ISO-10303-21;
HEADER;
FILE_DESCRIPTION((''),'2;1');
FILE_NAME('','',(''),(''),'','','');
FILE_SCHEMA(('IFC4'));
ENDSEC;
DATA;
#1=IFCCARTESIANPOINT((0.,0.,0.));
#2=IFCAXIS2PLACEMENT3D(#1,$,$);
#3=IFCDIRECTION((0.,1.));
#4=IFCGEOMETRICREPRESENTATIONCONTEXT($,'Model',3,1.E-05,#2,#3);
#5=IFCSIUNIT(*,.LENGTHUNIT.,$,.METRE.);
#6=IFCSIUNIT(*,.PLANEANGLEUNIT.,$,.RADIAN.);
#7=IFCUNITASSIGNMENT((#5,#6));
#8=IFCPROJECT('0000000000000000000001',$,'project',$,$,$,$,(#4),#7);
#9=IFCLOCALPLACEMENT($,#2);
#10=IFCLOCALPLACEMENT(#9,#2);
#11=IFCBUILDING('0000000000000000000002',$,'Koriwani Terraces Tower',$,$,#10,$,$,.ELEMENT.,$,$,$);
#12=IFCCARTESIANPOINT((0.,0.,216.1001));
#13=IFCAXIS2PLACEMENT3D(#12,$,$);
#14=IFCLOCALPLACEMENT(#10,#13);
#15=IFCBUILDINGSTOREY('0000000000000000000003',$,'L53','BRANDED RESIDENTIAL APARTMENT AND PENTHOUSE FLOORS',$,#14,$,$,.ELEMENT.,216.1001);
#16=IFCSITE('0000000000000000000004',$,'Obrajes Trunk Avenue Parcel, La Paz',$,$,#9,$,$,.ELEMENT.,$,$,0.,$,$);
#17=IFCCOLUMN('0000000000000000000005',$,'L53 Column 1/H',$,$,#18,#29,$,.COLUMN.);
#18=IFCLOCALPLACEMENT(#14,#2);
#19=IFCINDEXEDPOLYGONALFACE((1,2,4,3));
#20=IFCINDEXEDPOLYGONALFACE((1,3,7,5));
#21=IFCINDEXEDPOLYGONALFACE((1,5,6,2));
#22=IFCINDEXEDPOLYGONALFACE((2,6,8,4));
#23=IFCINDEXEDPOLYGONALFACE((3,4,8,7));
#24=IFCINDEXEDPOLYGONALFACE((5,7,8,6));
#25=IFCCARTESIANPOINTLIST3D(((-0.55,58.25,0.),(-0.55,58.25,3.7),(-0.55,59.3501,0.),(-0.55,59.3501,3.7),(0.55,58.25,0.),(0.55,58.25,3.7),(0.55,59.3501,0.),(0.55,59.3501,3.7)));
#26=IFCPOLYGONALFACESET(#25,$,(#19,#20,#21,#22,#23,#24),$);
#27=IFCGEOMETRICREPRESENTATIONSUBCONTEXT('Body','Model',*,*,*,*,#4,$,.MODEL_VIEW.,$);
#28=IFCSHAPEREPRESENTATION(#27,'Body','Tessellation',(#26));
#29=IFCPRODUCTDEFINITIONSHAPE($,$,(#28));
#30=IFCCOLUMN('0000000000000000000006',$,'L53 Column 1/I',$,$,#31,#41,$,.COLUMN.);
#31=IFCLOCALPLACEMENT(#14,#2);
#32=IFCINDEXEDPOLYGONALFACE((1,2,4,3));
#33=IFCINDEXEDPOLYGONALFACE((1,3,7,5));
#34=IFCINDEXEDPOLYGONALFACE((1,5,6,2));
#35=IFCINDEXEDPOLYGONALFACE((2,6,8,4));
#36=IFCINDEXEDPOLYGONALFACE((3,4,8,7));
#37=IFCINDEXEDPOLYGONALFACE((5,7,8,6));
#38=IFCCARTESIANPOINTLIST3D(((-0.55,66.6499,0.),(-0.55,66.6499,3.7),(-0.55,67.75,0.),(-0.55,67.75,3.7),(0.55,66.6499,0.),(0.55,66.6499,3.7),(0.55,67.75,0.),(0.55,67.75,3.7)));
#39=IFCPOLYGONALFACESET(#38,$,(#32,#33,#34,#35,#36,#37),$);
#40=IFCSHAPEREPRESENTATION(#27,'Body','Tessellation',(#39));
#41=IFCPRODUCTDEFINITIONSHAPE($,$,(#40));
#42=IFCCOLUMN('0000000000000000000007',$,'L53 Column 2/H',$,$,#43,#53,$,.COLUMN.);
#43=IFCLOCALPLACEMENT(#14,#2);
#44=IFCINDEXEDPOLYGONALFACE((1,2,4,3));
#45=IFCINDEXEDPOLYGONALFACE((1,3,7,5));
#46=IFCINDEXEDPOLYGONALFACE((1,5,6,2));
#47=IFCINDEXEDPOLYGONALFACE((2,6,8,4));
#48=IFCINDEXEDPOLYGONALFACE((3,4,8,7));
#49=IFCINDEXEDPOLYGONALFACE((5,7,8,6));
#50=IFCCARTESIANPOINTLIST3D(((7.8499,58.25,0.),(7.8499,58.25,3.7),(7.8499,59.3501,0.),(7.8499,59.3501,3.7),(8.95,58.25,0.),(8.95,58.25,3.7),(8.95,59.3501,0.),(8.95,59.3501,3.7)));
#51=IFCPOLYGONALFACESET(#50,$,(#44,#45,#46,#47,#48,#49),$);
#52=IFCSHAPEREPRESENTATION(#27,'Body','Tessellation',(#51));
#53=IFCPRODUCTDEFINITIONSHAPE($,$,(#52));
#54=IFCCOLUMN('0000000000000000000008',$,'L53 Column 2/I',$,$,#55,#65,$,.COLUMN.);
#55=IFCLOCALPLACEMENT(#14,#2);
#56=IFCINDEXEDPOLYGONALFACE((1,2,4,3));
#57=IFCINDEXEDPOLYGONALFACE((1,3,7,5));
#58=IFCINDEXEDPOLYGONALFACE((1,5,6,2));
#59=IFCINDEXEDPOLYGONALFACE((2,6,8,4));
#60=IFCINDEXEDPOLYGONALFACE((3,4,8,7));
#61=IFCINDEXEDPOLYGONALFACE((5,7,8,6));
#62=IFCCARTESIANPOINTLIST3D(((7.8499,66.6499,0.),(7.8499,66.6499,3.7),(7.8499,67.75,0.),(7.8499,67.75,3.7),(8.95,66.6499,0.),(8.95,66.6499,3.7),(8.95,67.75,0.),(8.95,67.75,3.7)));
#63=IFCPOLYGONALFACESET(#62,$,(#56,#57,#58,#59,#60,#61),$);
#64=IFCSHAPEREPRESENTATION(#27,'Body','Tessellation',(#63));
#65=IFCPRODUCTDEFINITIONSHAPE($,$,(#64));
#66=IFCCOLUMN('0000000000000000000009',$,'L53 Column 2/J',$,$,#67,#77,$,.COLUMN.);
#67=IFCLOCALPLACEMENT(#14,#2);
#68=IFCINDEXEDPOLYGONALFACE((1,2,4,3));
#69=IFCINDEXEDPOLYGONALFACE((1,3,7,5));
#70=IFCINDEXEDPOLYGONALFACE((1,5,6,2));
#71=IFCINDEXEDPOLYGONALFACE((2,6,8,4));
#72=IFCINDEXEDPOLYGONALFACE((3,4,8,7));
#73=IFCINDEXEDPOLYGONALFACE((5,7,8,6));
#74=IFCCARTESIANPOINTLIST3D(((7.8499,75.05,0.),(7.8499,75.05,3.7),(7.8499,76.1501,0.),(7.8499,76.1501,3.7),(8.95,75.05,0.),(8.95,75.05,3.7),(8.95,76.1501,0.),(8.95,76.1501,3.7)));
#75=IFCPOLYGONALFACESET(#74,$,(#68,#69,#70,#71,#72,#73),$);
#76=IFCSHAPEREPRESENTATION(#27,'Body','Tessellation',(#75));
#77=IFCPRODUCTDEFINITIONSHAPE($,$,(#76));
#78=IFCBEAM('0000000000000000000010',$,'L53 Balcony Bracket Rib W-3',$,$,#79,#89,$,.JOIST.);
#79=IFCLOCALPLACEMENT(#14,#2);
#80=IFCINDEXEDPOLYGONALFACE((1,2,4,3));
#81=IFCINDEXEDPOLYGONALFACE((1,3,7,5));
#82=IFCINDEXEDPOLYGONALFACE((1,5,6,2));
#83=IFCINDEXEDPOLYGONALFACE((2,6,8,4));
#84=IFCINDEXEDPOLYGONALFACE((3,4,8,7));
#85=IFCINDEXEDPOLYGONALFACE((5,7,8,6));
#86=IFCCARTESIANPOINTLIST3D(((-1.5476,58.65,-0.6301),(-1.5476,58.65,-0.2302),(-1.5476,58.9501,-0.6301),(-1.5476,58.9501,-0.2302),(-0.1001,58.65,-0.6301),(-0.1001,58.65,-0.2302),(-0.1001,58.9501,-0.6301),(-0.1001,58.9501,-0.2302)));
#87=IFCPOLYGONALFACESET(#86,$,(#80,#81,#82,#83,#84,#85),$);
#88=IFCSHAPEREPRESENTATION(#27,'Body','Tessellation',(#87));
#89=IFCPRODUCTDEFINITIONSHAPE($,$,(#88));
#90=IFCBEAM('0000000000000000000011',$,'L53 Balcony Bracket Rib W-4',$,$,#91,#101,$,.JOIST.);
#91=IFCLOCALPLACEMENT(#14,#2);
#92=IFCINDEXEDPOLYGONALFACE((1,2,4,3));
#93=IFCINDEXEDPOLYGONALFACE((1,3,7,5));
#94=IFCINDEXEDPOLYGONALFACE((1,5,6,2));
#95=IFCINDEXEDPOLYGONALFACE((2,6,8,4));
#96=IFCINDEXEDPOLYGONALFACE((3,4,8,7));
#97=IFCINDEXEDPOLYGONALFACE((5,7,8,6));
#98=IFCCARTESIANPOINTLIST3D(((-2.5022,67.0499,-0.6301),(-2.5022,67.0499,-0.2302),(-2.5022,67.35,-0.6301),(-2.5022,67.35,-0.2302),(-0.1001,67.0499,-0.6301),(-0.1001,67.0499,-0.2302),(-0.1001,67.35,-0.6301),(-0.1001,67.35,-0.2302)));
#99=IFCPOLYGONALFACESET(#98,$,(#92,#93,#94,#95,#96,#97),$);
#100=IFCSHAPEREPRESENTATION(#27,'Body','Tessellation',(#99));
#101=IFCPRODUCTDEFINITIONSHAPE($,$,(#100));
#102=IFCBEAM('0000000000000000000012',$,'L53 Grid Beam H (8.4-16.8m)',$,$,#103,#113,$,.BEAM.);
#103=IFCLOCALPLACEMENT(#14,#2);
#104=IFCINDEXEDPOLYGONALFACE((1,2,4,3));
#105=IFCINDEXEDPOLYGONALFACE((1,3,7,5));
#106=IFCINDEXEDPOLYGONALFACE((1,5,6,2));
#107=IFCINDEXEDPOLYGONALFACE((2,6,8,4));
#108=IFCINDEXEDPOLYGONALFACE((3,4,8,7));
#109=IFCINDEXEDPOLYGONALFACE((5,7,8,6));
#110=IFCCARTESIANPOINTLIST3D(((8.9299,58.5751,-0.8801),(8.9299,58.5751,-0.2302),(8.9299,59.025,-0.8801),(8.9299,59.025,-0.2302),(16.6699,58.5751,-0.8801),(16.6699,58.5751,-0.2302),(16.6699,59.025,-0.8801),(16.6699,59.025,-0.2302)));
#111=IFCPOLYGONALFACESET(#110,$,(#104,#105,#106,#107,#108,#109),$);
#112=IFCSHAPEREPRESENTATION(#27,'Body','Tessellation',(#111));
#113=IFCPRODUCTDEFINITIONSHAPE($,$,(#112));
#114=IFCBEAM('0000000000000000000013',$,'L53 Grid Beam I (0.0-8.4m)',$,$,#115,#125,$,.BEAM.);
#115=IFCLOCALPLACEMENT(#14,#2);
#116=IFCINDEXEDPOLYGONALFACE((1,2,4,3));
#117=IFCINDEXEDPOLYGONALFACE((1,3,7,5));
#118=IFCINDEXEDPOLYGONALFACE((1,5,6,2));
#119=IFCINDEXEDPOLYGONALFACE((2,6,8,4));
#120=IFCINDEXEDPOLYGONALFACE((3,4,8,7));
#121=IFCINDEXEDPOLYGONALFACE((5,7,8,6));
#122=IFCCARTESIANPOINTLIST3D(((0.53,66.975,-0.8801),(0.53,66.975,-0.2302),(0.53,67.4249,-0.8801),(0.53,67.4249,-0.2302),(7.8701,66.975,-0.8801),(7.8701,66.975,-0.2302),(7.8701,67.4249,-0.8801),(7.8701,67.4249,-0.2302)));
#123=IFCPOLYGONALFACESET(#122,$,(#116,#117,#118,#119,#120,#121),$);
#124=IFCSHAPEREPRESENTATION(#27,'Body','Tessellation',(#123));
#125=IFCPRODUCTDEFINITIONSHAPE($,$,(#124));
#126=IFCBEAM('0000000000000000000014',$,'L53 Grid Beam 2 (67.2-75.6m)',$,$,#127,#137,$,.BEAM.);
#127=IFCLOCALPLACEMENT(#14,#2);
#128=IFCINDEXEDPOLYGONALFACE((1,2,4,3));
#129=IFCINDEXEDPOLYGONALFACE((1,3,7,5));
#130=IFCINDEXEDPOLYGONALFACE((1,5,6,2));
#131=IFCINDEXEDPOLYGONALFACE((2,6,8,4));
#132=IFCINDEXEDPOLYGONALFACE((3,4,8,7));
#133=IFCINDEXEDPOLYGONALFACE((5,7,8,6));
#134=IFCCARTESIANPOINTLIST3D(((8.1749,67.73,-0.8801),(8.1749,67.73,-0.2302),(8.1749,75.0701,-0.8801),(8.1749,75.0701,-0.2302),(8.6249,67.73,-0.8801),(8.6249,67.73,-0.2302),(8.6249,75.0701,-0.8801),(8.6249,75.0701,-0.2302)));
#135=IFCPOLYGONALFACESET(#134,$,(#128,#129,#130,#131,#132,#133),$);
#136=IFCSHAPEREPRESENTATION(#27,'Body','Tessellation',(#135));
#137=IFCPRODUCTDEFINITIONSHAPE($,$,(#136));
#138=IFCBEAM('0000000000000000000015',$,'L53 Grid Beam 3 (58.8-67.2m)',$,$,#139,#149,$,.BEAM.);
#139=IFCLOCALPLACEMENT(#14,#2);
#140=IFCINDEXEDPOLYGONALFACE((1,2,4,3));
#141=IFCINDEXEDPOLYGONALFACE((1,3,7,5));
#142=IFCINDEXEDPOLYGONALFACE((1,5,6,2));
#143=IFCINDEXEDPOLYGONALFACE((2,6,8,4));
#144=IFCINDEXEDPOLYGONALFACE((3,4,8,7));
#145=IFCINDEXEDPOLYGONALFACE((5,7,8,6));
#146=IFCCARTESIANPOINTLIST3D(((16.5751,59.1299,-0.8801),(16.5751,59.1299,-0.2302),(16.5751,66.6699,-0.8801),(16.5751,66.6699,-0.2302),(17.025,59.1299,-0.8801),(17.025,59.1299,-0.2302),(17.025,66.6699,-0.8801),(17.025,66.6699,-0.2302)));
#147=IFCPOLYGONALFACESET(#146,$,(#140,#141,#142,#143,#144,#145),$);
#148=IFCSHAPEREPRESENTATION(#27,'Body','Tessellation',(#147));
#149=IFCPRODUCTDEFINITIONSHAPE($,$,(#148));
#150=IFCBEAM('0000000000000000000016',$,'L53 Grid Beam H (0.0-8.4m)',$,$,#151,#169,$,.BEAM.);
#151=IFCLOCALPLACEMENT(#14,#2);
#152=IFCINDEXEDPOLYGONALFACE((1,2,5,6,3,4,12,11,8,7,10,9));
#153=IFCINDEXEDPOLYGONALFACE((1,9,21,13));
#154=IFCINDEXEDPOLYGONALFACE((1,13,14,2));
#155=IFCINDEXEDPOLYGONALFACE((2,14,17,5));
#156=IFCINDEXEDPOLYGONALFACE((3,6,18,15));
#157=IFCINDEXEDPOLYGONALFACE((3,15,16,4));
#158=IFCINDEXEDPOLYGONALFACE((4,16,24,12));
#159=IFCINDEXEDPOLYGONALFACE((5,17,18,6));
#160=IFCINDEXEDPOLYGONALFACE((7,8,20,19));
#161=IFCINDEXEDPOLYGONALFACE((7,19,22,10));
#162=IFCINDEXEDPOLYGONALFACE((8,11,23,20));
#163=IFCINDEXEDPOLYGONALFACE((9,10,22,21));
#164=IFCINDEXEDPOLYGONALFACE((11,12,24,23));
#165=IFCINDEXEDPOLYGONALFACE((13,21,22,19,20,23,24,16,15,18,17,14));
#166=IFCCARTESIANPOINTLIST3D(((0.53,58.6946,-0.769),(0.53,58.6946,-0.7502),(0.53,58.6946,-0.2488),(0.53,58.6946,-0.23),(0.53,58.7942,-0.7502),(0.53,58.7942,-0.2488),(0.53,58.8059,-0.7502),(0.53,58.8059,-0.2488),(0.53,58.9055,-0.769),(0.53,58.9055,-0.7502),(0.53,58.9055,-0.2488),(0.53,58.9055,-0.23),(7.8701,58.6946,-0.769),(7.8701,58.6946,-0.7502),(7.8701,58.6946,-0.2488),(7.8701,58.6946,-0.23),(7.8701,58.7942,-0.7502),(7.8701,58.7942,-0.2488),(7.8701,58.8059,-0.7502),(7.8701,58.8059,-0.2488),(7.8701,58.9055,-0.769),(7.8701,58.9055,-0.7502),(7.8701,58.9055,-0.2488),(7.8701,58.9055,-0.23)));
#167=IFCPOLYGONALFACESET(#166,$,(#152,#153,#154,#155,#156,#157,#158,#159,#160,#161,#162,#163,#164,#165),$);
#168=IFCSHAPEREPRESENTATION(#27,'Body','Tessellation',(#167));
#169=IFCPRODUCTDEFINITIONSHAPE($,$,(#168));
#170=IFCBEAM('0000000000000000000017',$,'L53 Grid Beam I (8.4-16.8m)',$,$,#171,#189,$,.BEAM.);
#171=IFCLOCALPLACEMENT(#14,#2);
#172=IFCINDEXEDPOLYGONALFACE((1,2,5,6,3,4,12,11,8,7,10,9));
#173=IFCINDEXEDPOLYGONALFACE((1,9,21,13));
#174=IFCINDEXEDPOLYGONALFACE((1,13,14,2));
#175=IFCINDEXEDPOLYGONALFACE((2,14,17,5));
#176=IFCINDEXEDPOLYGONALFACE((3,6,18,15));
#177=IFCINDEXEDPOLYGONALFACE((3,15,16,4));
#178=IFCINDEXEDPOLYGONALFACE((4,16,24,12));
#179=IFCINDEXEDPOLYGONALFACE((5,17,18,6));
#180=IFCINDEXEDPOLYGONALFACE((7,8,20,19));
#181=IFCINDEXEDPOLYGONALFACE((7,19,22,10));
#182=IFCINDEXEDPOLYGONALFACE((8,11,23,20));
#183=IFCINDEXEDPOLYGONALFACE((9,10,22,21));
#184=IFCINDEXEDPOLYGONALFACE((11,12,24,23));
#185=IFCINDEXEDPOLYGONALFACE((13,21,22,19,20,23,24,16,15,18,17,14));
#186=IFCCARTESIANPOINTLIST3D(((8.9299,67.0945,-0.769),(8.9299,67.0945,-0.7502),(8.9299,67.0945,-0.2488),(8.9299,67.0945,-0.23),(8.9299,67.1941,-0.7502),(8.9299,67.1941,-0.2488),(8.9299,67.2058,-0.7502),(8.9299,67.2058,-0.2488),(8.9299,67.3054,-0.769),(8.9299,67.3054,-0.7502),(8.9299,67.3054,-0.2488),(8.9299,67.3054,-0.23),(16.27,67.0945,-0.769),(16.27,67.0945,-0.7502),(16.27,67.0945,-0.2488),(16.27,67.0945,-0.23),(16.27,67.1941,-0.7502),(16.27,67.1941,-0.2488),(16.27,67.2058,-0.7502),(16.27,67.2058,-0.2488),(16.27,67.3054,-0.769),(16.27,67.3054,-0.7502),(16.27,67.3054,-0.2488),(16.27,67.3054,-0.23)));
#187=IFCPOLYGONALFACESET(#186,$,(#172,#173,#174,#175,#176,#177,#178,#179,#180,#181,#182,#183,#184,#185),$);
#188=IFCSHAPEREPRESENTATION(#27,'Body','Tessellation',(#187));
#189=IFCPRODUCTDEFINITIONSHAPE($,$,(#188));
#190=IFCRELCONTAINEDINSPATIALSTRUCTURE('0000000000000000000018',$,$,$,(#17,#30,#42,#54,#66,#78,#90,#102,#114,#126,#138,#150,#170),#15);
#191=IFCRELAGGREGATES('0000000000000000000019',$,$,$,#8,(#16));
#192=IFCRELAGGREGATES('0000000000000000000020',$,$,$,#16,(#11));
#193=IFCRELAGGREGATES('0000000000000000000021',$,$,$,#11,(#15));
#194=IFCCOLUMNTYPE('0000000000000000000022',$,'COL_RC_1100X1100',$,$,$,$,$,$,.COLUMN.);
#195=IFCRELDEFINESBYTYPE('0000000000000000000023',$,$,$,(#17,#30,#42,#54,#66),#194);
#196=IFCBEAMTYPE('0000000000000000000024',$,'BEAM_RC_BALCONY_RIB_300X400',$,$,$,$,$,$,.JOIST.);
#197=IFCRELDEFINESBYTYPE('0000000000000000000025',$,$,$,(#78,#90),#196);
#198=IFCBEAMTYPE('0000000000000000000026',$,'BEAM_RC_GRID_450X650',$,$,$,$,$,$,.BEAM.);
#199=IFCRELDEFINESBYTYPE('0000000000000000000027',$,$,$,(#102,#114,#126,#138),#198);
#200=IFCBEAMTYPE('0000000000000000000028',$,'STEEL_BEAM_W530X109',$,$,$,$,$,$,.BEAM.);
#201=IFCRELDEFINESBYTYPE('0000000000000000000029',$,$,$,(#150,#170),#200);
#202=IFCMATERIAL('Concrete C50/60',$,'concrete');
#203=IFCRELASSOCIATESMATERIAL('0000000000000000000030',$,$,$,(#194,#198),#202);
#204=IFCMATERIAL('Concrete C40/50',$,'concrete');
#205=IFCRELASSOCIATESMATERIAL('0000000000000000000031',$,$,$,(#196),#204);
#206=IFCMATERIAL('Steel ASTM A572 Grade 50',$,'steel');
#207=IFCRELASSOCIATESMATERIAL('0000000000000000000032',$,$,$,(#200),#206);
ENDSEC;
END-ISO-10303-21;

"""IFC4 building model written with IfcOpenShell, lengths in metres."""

from ifc_helpers import new_model, si_unit, direction, frame, origin, origin_2d, place, context, subcontext, project, spatial, rectangle, i_section, extrude, material, material_profile, profile_set, type_object, element, save


model = new_model("IFC4")

# Units and contexts
model_context = context("Model", 3, precision=1e-05, world=origin(), true_north=direction((0.0, 1.0)))
body_context = subcontext(model_context, "Body", "Model", "MODEL_VIEW")
ifc_project = project(units=[si_unit("LENGTHUNIT", "METRE"), si_unit("PLANEANGLEUNIT", "RADIAN")], contexts=[model_context])

# Site, building, storey
site_placement = place(None, origin())
site = spatial("IfcSite", under=ifc_project, at=site_placement, Name="Obrajes Trunk Avenue Parcel, La Paz", CompositionType="ELEMENT", RefElevation=0.0)
building_placement = place(site_placement, origin())
building = spatial("IfcBuilding", under=site, at=building_placement, Name="Koriwani Terraces Tower", CompositionType="ELEMENT")
storey_placement = place(building_placement, frame((0.0, 0.0, 216.1001)))
storey = spatial("IfcBuildingStorey", under=building, at=storey_placement, Name="L53", Description="BRANDED RESIDENTIAL APARTMENT AND PENTHOUSE FLOORS", CompositionType="ELEMENT", Elevation=216.1001)

# Columns
ifc_material_1 = material(Name="Concrete C50/60", Category="concrete")
ifc_material_profile_1 = material_profile(ifc_material_1, rectangle(XDim=1.1001, YDim=1.1001, at=origin_2d()), Name="Concrete C50/60", Category="LoadBearing")
ifc_profile_set_1 = profile_set([ifc_material_profile_1], Name="Concrete C50/60")
column_type = type_object("IfcColumnType", Name="COL_RC_1100X1100", PredefinedType="COLUMN", material=ifc_profile_set_1)
for number, where, z_axis, x_axis, name in (
    (1, (0.0, 58.8, 0.0), (0.0, 0.0, 1.0), (1.0, 0.0, 0.0), "L53 Column 1/H"),
    (2, (0.0, 67.2, 0.0), (0.0, 0.0, 1.0), (1.0, 0.0, 0.0), "L53 Column 1/I"),
    (3, (8.3999, 58.8, 0.0), (0.0, 0.0, 1.0), (1.0, 0.0, 0.0), "L53 Column 2/H"),
    (4, (8.3999, 67.2, 0.0), (0.0, 0.0, 1.0), (1.0, 0.0, 0.0), "L53 Column 2/I"),
    (5, (8.3999, 75.6001, 0.0), (0.0, 0.0, 1.0), (1.0, 0.0, 0.0), "L53 Column 2/J"),
):
    element("IfcColumn", number, at=place(storey_placement, frame(where, z_axis=z_axis, x_axis=x_axis)), inside=storey, type_object=column_type, Name=name, PredefinedType="COLUMN", context=body_context, shape_type="SweptSolid", body=[
        extrude(rectangle(XDim=1.1001, YDim=1.1001, at=origin_2d()), origin(), (0.0, 0.0, 1.0), 3.7),
    ])

# Beams
ifc_material_2 = material(Name="Concrete C40/50", Category="concrete")
ifc_material_profile_2 = material_profile(ifc_material_2, rectangle(XDim=0.3, YDim=0.3999, at=origin_2d()), Name="Concrete C40/50", Category="LoadBearing")
ifc_profile_set_2 = profile_set([ifc_material_profile_2], Name="Concrete C40/50")
beam_type_1 = type_object("IfcBeamType", Name="BEAM_RC_BALCONY_RIB_300X400", PredefinedType="JOIST", material=ifc_profile_set_2)
beam_1_placement = place(storey_placement, frame((-1.5476, 58.8, -0.4302), z_axis=(1.0, 0.0, 0.0), x_axis=(0.0, 1.0, 0.0)))
element("IfcBeam", 6, at=beam_1_placement, inside=storey, type_object=beam_type_1, Name="L53 Balcony Bracket Rib W-3", PredefinedType="JOIST", context=body_context, shape_type="SweptSolid", body=[
    extrude(rectangle(XDim=0.3, YDim=0.3999, at=origin_2d()), origin(), (0.0, 0.0, 1.0), 1.4475),
])
beam_2_placement = place(storey_placement, frame((-2.5022, 67.2, -0.4302), z_axis=(1.0, 0.0, 0.0), x_axis=(0.0, 1.0, 0.0)))
element("IfcBeam", 7, at=beam_2_placement, inside=storey, type_object=beam_type_1, Name="L53 Balcony Bracket Rib W-4", PredefinedType="JOIST", context=body_context, shape_type="SweptSolid", body=[
    extrude(rectangle(XDim=0.3, YDim=0.3999, at=origin_2d()), origin(), (0.0, 0.0, 1.0), 2.4021),
])
ifc_material_profile_3 = material_profile(ifc_material_1, rectangle(XDim=0.45, YDim=0.6499, at=origin_2d()), Name="Concrete C50/60", Category="LoadBearing")
ifc_profile_set_3 = profile_set([ifc_material_profile_3], Name="Concrete C50/60")
beam_type_2 = type_object("IfcBeamType", Name="BEAM_RC_GRID_450X650", PredefinedType="BEAM", material=ifc_profile_set_3)
beam_3_placement = place(storey_placement, frame((8.9299, 58.8, -0.5552), z_axis=(1.0, 0.0, 0.0), x_axis=(0.0, 1.0, 0.0)))
element("IfcBeam", 8, at=beam_3_placement, inside=storey, type_object=beam_type_2, Name="L53 Grid Beam H (8.4-16.8m)", PredefinedType="BEAM", context=body_context, shape_type="SweptSolid", body=[
    extrude(rectangle(XDim=0.45, YDim=0.6499, at=origin_2d()), origin(), (0.0, 0.0, 1.0), 7.74),
])
for number, where, z_axis, x_axis, name in (
    (9, (0.53, 67.2, -0.5552), (1.0, 0.0, 0.0), (0.0, 1.0, 0.0), "L53 Grid Beam I (0.0-8.4m)"),
    (10, (8.3999, 67.73, -0.5552), (0.0, 1.0, 0.0), (-1.0, 0.0, 0.0), "L53 Grid Beam 2 (67.2-75.6m)"),
):
    element("IfcBeam", number, at=place(storey_placement, frame(where, z_axis=z_axis, x_axis=x_axis)), inside=storey, type_object=beam_type_2, Name=name, PredefinedType="BEAM", context=body_context, shape_type="SweptSolid", body=[
        extrude(rectangle(XDim=0.45, YDim=0.6499, at=origin_2d()), origin(), (0.0, 0.0, 1.0), 7.3401),
    ])
beam_4_placement = place(storey_placement, frame((16.8, 59.1299, -0.5552), z_axis=(0.0, 1.0, 0.0), x_axis=(-1.0, 0.0, 0.0)))
element("IfcBeam", 11, at=beam_4_placement, inside=storey, type_object=beam_type_2, Name="L53 Grid Beam 3 (58.8-67.2m)", PredefinedType="BEAM", context=body_context, shape_type="SweptSolid", body=[
    extrude(rectangle(XDim=0.45, YDim=0.6499, at=origin_2d()), origin(), (0.0, 0.0, 1.0), 7.54),
])
ifc_material_3 = material(Name="Steel ASTM A572 Grade 50", Category="steel")
ifc_material_profile_4 = material_profile(ifc_material_3, i_section(OverallWidth=0.2109, OverallDepth=0.5391, WebThickness=0.0117, FlangeThickness=0.0188, at=origin_2d()), Name="Steel ASTM A572 Grade 50", Category="LoadBearing")
ifc_profile_set_4 = profile_set([ifc_material_profile_4], Name="Steel ASTM A572 Grade 50")
beam_type_3 = type_object("IfcBeamType", Name="STEEL_BEAM_W530X109", PredefinedType="BEAM", material=ifc_profile_set_4)
for number, where, z_axis, x_axis, name in (
    (12, (0.53, 58.8, -0.4995), (1.0, 0.0, 0.0), (0.0, 1.0, 0.0), "L53 Grid Beam H (0.0-8.4m)"),
    (13, (8.9299, 67.2, -0.4995), (1.0, 0.0, 0.0), (0.0, 1.0, 0.0), "L53 Grid Beam I (8.4-16.8m)"),
):
    element("IfcBeam", number, at=place(storey_placement, frame(where, z_axis=z_axis, x_axis=x_axis)), inside=storey, type_object=beam_type_3, Name=name, PredefinedType="BEAM", context=body_context, shape_type="SweptSolid", body=[
        extrude(i_section(OverallWidth=0.2109, OverallDepth=0.5391, WebThickness=0.0117, FlangeThickness=0.0188, at=origin_2d()), origin(), (0.0, 0.0, 1.0), 7.3401),
    ])

save(model, "model.ifc")
